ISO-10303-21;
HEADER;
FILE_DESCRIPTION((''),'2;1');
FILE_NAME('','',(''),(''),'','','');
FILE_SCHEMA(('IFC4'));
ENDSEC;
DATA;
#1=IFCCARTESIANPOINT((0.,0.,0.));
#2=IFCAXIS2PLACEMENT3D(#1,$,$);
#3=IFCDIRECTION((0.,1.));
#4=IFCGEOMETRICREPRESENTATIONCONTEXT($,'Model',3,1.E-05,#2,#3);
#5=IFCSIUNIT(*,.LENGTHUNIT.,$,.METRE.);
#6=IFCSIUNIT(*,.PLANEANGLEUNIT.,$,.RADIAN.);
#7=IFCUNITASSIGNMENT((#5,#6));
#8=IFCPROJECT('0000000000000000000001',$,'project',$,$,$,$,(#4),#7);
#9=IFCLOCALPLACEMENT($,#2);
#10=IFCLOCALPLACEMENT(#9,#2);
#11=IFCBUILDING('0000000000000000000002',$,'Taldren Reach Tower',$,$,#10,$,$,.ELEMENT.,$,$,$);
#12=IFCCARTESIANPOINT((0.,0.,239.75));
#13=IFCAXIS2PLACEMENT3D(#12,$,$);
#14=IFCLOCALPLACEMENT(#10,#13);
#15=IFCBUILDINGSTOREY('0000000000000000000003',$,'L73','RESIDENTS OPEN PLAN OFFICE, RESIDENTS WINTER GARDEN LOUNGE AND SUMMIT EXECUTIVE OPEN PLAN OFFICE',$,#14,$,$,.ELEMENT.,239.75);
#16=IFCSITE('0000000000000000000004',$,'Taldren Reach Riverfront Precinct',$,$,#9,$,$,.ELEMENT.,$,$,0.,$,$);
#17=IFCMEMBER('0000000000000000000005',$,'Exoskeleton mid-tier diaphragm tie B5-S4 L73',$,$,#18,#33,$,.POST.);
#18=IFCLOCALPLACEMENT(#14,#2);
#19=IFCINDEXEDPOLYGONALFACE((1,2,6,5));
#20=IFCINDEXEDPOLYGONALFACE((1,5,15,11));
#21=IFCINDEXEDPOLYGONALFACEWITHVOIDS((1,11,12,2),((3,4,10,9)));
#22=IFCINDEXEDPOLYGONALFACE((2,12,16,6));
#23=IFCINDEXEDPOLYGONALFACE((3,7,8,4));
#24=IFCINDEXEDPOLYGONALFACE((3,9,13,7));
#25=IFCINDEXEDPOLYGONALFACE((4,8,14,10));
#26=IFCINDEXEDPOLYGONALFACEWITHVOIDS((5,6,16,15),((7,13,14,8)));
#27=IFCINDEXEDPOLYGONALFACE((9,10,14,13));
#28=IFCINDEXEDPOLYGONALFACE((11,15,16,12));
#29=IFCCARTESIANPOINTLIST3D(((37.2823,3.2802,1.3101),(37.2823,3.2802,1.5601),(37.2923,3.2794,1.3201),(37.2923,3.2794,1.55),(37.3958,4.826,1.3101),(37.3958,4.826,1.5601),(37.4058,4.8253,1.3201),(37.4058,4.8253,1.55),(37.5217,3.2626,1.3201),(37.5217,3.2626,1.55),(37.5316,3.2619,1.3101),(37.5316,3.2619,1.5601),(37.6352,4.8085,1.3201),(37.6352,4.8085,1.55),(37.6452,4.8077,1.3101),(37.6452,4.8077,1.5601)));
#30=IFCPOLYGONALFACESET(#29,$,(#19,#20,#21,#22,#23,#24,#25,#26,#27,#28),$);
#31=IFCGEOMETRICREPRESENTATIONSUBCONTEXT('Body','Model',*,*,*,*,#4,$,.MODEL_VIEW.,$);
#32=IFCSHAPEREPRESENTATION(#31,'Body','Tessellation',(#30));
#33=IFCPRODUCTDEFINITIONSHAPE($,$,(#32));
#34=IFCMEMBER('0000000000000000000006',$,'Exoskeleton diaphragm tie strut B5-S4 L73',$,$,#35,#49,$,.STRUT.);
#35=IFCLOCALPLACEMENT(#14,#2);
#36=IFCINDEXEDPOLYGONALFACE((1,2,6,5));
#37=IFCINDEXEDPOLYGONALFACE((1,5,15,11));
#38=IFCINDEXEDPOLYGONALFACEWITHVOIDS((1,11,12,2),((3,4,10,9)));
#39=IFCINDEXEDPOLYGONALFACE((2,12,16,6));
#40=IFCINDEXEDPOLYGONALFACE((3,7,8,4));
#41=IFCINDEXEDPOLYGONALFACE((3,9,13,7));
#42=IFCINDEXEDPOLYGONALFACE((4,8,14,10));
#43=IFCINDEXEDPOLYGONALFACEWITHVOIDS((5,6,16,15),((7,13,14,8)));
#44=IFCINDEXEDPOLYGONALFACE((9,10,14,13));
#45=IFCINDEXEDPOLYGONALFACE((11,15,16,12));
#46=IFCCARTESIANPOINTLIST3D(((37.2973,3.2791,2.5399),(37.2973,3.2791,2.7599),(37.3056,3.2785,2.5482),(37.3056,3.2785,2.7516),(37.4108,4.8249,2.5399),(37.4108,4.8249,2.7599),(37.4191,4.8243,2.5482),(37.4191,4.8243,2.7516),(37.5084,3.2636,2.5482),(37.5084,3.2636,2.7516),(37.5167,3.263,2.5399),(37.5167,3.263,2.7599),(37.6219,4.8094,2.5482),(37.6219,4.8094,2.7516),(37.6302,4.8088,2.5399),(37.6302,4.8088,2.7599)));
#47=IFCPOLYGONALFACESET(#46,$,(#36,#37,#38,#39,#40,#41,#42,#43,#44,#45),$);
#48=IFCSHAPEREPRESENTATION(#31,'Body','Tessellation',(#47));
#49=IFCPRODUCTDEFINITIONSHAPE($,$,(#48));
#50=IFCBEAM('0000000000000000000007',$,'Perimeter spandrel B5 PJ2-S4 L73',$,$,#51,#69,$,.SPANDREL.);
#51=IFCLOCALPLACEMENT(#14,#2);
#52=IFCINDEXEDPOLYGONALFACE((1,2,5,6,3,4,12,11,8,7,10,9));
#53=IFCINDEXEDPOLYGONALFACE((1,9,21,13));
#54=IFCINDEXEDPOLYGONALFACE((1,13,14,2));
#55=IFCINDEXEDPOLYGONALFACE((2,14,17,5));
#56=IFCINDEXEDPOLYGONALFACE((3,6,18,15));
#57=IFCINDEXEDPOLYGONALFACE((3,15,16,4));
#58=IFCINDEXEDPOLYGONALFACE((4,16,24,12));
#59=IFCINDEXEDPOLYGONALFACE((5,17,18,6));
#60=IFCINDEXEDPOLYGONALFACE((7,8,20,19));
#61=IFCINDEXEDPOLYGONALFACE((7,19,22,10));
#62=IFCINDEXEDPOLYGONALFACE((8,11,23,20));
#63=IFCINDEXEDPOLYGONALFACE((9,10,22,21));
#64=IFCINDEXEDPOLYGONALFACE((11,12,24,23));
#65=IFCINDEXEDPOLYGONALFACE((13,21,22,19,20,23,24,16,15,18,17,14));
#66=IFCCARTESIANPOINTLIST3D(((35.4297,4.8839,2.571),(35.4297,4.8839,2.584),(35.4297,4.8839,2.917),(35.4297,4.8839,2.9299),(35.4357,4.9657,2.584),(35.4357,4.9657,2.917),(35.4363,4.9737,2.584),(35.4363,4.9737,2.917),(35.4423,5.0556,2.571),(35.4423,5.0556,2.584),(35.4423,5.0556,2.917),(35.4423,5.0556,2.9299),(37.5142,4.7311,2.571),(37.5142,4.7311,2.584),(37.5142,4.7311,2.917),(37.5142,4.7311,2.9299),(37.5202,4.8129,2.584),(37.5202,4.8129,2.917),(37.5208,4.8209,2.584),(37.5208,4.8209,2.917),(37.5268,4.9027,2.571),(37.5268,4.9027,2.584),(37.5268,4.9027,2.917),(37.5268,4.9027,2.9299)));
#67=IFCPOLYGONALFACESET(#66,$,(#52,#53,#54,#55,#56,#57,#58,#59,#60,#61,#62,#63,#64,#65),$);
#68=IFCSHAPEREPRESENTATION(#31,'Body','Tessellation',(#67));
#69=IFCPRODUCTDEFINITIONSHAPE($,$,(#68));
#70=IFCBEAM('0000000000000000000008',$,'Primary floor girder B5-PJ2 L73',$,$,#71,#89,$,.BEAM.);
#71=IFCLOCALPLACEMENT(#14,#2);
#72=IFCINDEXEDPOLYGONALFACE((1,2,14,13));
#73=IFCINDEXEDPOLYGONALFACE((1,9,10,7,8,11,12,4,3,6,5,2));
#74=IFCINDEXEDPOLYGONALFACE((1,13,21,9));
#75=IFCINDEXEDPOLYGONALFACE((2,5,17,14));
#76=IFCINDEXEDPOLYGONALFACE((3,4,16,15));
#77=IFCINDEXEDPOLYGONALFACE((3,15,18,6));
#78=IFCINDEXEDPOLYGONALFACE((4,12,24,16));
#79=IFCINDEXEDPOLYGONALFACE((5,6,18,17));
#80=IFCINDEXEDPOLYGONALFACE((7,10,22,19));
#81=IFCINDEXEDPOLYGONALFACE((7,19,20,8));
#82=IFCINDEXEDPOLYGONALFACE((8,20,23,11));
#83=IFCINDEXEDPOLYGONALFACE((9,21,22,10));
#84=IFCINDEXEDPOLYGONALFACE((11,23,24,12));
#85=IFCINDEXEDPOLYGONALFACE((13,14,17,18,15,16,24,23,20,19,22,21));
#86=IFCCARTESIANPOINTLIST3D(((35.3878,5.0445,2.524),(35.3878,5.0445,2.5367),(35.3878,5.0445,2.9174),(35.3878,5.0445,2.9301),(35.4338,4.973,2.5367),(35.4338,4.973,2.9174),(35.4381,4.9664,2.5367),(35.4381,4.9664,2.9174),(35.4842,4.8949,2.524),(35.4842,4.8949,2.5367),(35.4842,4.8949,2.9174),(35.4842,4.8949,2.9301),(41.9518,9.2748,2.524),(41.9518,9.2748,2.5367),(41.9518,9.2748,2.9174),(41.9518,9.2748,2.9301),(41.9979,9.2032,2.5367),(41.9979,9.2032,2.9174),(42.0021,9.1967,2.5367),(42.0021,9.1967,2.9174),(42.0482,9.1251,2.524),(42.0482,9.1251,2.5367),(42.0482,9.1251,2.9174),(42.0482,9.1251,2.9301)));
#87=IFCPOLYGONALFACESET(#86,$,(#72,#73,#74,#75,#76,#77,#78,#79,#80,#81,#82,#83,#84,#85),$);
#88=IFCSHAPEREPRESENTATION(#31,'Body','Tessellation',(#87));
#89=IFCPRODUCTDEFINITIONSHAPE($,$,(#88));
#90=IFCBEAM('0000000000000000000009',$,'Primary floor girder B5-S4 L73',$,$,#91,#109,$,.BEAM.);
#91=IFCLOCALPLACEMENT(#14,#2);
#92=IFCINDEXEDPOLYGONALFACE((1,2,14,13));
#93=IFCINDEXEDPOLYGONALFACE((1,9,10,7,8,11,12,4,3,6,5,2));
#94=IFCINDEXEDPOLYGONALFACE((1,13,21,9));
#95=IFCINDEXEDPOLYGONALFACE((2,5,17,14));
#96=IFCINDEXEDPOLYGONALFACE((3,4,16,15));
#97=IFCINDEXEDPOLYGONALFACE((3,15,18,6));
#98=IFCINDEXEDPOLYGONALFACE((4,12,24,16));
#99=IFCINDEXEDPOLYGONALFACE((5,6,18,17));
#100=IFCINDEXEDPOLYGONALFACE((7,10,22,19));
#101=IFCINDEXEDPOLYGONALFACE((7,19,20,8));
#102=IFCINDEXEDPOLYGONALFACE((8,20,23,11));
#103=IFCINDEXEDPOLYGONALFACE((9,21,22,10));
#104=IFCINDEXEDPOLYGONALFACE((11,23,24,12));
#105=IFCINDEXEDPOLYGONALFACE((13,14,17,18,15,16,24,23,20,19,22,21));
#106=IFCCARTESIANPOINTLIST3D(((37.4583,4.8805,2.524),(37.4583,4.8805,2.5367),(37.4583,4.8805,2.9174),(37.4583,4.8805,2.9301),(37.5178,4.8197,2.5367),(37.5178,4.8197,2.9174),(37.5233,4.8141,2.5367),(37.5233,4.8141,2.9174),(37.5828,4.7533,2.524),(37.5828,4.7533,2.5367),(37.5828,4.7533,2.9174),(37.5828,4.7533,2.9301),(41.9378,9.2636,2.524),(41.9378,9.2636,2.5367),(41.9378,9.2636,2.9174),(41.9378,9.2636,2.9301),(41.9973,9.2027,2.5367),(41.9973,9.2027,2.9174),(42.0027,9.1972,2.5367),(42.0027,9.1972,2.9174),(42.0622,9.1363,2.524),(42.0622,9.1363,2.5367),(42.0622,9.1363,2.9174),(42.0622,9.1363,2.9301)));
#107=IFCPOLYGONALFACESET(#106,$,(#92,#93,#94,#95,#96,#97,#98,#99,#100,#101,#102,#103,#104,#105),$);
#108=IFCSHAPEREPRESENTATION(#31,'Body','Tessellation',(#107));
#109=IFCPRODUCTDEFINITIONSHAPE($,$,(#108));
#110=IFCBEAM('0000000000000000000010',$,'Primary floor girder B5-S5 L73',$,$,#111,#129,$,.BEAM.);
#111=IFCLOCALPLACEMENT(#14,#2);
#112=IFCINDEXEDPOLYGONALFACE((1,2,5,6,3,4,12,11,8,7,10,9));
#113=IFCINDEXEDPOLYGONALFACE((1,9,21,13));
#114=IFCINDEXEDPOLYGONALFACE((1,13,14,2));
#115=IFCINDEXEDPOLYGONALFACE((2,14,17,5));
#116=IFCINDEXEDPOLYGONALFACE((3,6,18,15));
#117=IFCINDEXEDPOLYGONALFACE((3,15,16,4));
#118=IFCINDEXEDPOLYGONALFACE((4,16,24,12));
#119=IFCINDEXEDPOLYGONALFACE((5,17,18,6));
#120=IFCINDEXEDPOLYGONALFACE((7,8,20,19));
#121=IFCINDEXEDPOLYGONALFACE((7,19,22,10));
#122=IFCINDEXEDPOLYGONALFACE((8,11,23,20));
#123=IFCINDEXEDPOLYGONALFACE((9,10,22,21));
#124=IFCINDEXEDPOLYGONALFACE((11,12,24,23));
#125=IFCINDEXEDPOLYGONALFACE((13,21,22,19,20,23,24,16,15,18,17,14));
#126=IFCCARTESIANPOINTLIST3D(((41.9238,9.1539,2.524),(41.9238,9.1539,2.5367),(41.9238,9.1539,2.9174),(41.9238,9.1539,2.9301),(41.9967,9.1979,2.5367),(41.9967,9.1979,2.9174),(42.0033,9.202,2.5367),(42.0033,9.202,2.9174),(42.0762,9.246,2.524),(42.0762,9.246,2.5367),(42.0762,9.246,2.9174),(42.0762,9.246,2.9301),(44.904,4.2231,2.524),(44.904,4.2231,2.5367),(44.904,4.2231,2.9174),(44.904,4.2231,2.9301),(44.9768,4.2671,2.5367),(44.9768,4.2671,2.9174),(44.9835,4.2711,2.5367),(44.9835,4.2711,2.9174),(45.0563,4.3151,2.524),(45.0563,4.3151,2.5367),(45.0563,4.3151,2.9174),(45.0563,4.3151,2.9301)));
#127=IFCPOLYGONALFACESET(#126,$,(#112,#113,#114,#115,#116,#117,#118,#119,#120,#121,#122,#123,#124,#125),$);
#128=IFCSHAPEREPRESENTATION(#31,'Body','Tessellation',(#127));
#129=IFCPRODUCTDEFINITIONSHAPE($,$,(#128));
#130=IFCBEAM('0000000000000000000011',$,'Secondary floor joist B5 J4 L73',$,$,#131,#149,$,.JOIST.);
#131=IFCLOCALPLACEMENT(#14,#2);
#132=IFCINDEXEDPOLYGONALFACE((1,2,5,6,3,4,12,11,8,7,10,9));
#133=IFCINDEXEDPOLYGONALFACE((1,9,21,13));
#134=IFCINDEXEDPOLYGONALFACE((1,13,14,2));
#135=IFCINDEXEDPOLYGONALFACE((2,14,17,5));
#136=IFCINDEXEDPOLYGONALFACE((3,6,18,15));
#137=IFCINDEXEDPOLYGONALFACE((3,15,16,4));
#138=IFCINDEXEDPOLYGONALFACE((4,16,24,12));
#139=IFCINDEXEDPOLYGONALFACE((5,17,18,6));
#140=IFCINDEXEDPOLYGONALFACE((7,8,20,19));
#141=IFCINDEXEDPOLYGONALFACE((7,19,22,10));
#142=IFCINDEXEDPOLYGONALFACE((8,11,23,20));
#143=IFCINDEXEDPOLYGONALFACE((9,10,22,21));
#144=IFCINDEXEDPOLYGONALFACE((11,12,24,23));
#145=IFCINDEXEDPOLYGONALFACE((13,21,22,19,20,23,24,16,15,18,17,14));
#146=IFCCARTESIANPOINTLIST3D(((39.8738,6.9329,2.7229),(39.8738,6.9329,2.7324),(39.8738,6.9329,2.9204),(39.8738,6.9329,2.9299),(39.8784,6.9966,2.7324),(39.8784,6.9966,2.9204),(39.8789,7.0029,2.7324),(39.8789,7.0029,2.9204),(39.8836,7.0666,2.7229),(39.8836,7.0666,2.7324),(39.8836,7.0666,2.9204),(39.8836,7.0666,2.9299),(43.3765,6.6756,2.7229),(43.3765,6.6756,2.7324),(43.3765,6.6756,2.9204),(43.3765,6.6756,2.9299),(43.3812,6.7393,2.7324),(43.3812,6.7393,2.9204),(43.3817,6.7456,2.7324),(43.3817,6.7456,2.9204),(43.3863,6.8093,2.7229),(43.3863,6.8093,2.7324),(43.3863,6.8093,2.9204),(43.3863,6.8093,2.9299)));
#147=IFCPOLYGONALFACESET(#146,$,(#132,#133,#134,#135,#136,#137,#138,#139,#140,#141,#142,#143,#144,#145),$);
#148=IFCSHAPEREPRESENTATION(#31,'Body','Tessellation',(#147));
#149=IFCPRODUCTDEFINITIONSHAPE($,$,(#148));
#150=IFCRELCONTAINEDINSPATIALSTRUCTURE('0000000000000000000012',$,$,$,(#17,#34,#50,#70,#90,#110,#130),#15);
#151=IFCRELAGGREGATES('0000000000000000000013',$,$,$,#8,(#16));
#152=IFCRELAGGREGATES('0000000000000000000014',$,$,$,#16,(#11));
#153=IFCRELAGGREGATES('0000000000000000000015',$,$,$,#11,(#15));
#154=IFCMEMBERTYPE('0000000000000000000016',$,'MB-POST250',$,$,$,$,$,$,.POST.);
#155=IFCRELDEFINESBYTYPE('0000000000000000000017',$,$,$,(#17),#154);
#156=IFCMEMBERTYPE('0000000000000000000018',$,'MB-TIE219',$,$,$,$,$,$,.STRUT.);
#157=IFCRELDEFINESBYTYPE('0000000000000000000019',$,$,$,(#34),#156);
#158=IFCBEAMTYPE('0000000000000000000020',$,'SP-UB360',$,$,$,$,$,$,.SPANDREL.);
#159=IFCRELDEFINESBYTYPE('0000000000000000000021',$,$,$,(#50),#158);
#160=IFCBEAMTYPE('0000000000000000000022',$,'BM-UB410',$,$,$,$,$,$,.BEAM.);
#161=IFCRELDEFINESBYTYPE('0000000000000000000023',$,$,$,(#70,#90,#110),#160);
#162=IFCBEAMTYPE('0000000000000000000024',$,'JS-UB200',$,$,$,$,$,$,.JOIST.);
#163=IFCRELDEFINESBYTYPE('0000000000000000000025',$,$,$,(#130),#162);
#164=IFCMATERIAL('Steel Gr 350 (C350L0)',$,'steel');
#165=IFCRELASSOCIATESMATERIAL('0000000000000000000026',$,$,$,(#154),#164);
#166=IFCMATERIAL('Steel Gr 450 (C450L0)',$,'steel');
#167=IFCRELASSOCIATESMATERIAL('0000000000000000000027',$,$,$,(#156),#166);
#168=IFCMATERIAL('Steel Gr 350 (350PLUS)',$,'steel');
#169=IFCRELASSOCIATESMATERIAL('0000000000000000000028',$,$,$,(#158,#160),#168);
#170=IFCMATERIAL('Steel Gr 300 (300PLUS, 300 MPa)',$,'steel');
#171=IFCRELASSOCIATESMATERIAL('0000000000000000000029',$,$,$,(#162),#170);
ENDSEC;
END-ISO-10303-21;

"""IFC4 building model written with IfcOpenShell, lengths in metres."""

from ifc_helpers import new_model, si_unit, direction, frame, origin, origin_2d, place, context, subcontext, project, spatial, hollow_rectangle, i_section, extrude, source, transform, mapped, material, material_profile, profile_set, type_object, element, save


model = new_model("IFC4")

# Units and contexts
model_context = context("Model", 3, precision=1e-05, world=origin(), true_north=direction((0.0, 1.0)))
body_context = subcontext(model_context, "Body", "Model", "MODEL_VIEW")
ifc_project = project(units=[si_unit("LENGTHUNIT", "METRE"), si_unit("PLANEANGLEUNIT", "RADIAN")], contexts=[model_context])

# Site, building, storey
site_placement = place(None, origin())
site = spatial("IfcSite", under=ifc_project, at=site_placement, Name="Taldren Reach Riverfront Precinct", CompositionType="ELEMENT", RefElevation=0.0)
building_placement = place(site_placement, origin())
building = spatial("IfcBuilding", under=site, at=building_placement, Name="Taldren Reach Tower", CompositionType="ELEMENT")
storey_placement = place(building_placement, frame((0.0, 0.0, 239.75)))
storey = spatial("IfcBuildingStorey", under=building, at=storey_placement, Name="L73", Description="RESIDENTS OPEN PLAN OFFICE, RESIDENTS WINTER GARDEN LOUNGE AND SUMMIT EXECUTIVE OPEN PLAN OFFICE", CompositionType="ELEMENT", Elevation=239.75)

# Shared definitions
ifc_material_1 = material(Name="Steel Gr 350 (350PLUS)", Category="steel")
ifc_material_2 = material(Name="Steel Gr 450 (C450L0)", Category="steel")
ifc_material_3 = material(Name="Steel Gr 350 (C350L0)", Category="steel")

# Members
ifc_material_profile_1 = material_profile(ifc_material_3, hollow_rectangle(XDim=0.25, YDim=0.25, WallThickness=0.01, at=origin_2d()), Name="250x250x10.0SHS")
ifc_profile_set_1 = profile_set([ifc_material_profile_1], Name="Steel Gr 350 (C350L0)")
member_type_1 = type_object("IfcMemberType", Name="MB-POST250", PredefinedType="POST", material=ifc_profile_set_1)
shared_shape_1 = source(origin(), body_context, "Body", "SweptSolid", [
    extrude(hollow_rectangle(XDim=0.25, YDim=0.25, WallThickness=0.01, at=origin_2d()), origin(), (0.0, 0.0, 1.0), 1.55),
])
for number, where, z_axis, x_axis, name in (
    (1, (37.5205, 4.8169, 1.4351), (-0.073239, -0.997314, 0.0), (0.997314, -0.073239, 0.0), "Exoskeleton mid-tier diaphragm tie B5-S4 L73"),
):
    element("IfcMember", number, at=place(storey_placement, frame(where, z_axis=z_axis, x_axis=x_axis)), inside=storey, type_object=member_type_1, Name=name, PredefinedType="POST", context=body_context, shape_type="MappedRepresentation", body=[
        mapped(shared_shape_1, transform((0.0, 0.0, 0.0), scale=1.0)),
    ])
ifc_material_profile_2 = material_profile(ifc_material_2, hollow_rectangle(XDim=0.22, YDim=0.22, WallThickness=0.0083, at=origin_2d()), Name="220x220x8.2SHS")
ifc_profile_set_2 = profile_set([ifc_material_profile_2], Name="Steel Gr 450 (C450L0)")
member_type_2 = type_object("IfcMemberType", Name="MB-TIE219", PredefinedType="STRUT", material=ifc_profile_set_2)
shared_shape_2 = source(origin(), body_context, "Body", "SweptSolid", [
    extrude(hollow_rectangle(XDim=0.22, YDim=0.22, WallThickness=0.0083, at=origin_2d()), origin(), (0.0, 0.0, 1.0), 1.55),
])
member_placement = place(storey_placement, frame((37.5205, 4.8169, 2.6499), z_axis=(-0.073239, -0.997314, 0.0), x_axis=(0.997314, -0.073239, 0.0)))
element("IfcMember", 2, at=member_placement, inside=storey, type_object=member_type_2, Name="Exoskeleton diaphragm tie strut B5-S4 L73", PredefinedType="STRUT", context=body_context, shape_type="MappedRepresentation", body=[
    mapped(shared_shape_2, transform((0.0, 0.0, 0.0), scale=1.0)),
])

# Beams
ifc_material_profile_3 = material_profile(ifc_material_1, i_section(OverallWidth=0.1721, OverallDepth=0.3589, WebThickness=0.0081, FlangeThickness=0.0129, at=origin_2d()), Name="360UB56.7")
ifc_profile_set_3 = profile_set([ifc_material_profile_3], Name="Steel Gr 350 (350PLUS)")
beam_type_1 = type_object("IfcBeamType", Name="SP-UB360", PredefinedType="SPANDREL", material=ifc_profile_set_3)
shared_shape_3 = source(origin(), body_context, "Body", "SweptSolid", [
    extrude(i_section(OverallWidth=0.1721, OverallDepth=0.3589, WebThickness=0.0081, FlangeThickness=0.0129, at=origin_2d()), origin(), (0.0, 0.0, 1.0), 2.0901),
])
beam_1_placement = place(storey_placement, frame((35.436, 4.9697, 2.7505), z_axis=(0.997323, -0.073123, 0.0), x_axis=(0.073123, 0.997323, 0.0)))
element("IfcBeam", 3, at=beam_1_placement, inside=storey, type_object=beam_type_1, Name="Perimeter spandrel B5 PJ2-S4 L73", PredefinedType="SPANDREL", context=body_context, shape_type="MappedRepresentation", body=[
    mapped(shared_shape_3, transform((0.0, 0.0, 0.0), scale=1.0)),
])
ifc_material_profile_4 = material_profile(ifc_material_1, i_section(OverallWidth=0.178, OverallDepth=0.406, WebThickness=0.0078, FlangeThickness=0.0127, at=origin_2d()), Name="410UB59.7")
ifc_profile_set_4 = profile_set([ifc_material_profile_4], Name="Steel Gr 350 (350PLUS)")
beam_type_2 = type_object("IfcBeamType", Name="BM-UB410", PredefinedType="BEAM", material=ifc_profile_set_4)
shared_shape_4 = source(origin(), body_context, "Body", "SweptSolid", [
    extrude(i_section(OverallWidth=0.178, OverallDepth=0.406, WebThickness=0.0078, FlangeThickness=0.0127, at=origin_2d()), origin(), (0.0, 0.0, 1.0), 7.8091),
])
beam_2_placement = place(storey_placement, frame((42.0, 9.2, 2.7271), z_axis=(-0.840564, -0.541712, 0.0), x_axis=(0.541712, -0.840564, 0.0)))
element("IfcBeam", 4, at=beam_2_placement, inside=storey, type_object=beam_type_2, Name="Primary floor girder B5-PJ2 L73", PredefinedType="BEAM", context=body_context, shape_type="MappedRepresentation", body=[
    mapped(shared_shape_4, transform((0.0, 0.0, 0.0), scale=1.0)),
])
shared_shape_5 = source(origin(), body_context, "Body", "SweptSolid", [
    extrude(i_section(OverallWidth=0.178, OverallDepth=0.406, WebThickness=0.0078, FlangeThickness=0.0127, at=origin_2d()), origin(), (0.0, 0.0, 1.0), 6.2671),
])
beam_3_placement = place(storey_placement, frame((42.0, 9.2, 2.7271), z_axis=(-0.714759, -0.699371, 0.0), x_axis=(0.699371, -0.714759, 0.0)))
element("IfcBeam", 5, at=beam_3_placement, inside=storey, type_object=beam_type_2, Name="Primary floor girder B5-S4 L73", PredefinedType="BEAM", context=body_context, shape_type="MappedRepresentation", body=[
    mapped(shared_shape_5, transform((0.0, 0.0, 0.0), scale=1.0)),
])
shared_shape_6 = source(origin(), body_context, "Body", "SweptSolid", [
    extrude(i_section(OverallWidth=0.178, OverallDepth=0.406, WebThickness=0.0078, FlangeThickness=0.0127, at=origin_2d()), origin(), (0.0, 0.0, 1.0), 5.7615),
])
beam_4_placement = place(storey_placement, frame((42.0, 9.2, 2.7271), z_axis=(0.51726, -0.855828, 0.0), x_axis=(0.855828, 0.51726, 0.0)))
element("IfcBeam", 6, at=beam_4_placement, inside=storey, type_object=beam_type_2, Name="Primary floor girder B5-S5 L73", PredefinedType="BEAM", context=body_context, shape_type="MappedRepresentation", body=[
    mapped(shared_shape_6, transform((0.0, 0.0, 0.0), scale=1.0)),
])
ifc_material_4 = material(Name="Steel Gr 300 (300PLUS, 300 MPa)", Category="steel")
ifc_material_profile_5 = material_profile(ifc_material_4, i_section(OverallWidth=0.134, OverallDepth=0.207, WebThickness=0.0063, FlangeThickness=0.0095, at=origin_2d()), Name="200UB29.8")
ifc_profile_set_5 = profile_set([ifc_material_profile_5], Name="Steel Gr 300 (300PLUS, 300 MPa)")
beam_type_3 = type_object("IfcBeamType", Name="JS-UB200", PredefinedType="JOIST", material=ifc_profile_set_5)
shared_shape_7 = source(origin(), body_context, "Body", "SweptSolid", [
    extrude(i_section(OverallWidth=0.134, OverallDepth=0.207, WebThickness=0.0063, FlangeThickness=0.0095, at=origin_2d()), origin(), (0.0, 0.0, 1.0), 3.5122),
])
beam_5_placement = place(storey_placement, frame((39.8787, 6.9998, 2.8264), z_axis=(0.997312, -0.073267, 0.0), x_axis=(0.073267, 0.997312, 0.0)))
element("IfcBeam", 7, at=beam_5_placement, inside=storey, type_object=beam_type_3, Name="Secondary floor joist B5 J4 L73", PredefinedType="JOIST", context=body_context, shape_type="MappedRepresentation", body=[
    mapped(shared_shape_7, transform((0.0, 0.0, 0.0), scale=1.0)),
])

save(model, "model.ifc")
